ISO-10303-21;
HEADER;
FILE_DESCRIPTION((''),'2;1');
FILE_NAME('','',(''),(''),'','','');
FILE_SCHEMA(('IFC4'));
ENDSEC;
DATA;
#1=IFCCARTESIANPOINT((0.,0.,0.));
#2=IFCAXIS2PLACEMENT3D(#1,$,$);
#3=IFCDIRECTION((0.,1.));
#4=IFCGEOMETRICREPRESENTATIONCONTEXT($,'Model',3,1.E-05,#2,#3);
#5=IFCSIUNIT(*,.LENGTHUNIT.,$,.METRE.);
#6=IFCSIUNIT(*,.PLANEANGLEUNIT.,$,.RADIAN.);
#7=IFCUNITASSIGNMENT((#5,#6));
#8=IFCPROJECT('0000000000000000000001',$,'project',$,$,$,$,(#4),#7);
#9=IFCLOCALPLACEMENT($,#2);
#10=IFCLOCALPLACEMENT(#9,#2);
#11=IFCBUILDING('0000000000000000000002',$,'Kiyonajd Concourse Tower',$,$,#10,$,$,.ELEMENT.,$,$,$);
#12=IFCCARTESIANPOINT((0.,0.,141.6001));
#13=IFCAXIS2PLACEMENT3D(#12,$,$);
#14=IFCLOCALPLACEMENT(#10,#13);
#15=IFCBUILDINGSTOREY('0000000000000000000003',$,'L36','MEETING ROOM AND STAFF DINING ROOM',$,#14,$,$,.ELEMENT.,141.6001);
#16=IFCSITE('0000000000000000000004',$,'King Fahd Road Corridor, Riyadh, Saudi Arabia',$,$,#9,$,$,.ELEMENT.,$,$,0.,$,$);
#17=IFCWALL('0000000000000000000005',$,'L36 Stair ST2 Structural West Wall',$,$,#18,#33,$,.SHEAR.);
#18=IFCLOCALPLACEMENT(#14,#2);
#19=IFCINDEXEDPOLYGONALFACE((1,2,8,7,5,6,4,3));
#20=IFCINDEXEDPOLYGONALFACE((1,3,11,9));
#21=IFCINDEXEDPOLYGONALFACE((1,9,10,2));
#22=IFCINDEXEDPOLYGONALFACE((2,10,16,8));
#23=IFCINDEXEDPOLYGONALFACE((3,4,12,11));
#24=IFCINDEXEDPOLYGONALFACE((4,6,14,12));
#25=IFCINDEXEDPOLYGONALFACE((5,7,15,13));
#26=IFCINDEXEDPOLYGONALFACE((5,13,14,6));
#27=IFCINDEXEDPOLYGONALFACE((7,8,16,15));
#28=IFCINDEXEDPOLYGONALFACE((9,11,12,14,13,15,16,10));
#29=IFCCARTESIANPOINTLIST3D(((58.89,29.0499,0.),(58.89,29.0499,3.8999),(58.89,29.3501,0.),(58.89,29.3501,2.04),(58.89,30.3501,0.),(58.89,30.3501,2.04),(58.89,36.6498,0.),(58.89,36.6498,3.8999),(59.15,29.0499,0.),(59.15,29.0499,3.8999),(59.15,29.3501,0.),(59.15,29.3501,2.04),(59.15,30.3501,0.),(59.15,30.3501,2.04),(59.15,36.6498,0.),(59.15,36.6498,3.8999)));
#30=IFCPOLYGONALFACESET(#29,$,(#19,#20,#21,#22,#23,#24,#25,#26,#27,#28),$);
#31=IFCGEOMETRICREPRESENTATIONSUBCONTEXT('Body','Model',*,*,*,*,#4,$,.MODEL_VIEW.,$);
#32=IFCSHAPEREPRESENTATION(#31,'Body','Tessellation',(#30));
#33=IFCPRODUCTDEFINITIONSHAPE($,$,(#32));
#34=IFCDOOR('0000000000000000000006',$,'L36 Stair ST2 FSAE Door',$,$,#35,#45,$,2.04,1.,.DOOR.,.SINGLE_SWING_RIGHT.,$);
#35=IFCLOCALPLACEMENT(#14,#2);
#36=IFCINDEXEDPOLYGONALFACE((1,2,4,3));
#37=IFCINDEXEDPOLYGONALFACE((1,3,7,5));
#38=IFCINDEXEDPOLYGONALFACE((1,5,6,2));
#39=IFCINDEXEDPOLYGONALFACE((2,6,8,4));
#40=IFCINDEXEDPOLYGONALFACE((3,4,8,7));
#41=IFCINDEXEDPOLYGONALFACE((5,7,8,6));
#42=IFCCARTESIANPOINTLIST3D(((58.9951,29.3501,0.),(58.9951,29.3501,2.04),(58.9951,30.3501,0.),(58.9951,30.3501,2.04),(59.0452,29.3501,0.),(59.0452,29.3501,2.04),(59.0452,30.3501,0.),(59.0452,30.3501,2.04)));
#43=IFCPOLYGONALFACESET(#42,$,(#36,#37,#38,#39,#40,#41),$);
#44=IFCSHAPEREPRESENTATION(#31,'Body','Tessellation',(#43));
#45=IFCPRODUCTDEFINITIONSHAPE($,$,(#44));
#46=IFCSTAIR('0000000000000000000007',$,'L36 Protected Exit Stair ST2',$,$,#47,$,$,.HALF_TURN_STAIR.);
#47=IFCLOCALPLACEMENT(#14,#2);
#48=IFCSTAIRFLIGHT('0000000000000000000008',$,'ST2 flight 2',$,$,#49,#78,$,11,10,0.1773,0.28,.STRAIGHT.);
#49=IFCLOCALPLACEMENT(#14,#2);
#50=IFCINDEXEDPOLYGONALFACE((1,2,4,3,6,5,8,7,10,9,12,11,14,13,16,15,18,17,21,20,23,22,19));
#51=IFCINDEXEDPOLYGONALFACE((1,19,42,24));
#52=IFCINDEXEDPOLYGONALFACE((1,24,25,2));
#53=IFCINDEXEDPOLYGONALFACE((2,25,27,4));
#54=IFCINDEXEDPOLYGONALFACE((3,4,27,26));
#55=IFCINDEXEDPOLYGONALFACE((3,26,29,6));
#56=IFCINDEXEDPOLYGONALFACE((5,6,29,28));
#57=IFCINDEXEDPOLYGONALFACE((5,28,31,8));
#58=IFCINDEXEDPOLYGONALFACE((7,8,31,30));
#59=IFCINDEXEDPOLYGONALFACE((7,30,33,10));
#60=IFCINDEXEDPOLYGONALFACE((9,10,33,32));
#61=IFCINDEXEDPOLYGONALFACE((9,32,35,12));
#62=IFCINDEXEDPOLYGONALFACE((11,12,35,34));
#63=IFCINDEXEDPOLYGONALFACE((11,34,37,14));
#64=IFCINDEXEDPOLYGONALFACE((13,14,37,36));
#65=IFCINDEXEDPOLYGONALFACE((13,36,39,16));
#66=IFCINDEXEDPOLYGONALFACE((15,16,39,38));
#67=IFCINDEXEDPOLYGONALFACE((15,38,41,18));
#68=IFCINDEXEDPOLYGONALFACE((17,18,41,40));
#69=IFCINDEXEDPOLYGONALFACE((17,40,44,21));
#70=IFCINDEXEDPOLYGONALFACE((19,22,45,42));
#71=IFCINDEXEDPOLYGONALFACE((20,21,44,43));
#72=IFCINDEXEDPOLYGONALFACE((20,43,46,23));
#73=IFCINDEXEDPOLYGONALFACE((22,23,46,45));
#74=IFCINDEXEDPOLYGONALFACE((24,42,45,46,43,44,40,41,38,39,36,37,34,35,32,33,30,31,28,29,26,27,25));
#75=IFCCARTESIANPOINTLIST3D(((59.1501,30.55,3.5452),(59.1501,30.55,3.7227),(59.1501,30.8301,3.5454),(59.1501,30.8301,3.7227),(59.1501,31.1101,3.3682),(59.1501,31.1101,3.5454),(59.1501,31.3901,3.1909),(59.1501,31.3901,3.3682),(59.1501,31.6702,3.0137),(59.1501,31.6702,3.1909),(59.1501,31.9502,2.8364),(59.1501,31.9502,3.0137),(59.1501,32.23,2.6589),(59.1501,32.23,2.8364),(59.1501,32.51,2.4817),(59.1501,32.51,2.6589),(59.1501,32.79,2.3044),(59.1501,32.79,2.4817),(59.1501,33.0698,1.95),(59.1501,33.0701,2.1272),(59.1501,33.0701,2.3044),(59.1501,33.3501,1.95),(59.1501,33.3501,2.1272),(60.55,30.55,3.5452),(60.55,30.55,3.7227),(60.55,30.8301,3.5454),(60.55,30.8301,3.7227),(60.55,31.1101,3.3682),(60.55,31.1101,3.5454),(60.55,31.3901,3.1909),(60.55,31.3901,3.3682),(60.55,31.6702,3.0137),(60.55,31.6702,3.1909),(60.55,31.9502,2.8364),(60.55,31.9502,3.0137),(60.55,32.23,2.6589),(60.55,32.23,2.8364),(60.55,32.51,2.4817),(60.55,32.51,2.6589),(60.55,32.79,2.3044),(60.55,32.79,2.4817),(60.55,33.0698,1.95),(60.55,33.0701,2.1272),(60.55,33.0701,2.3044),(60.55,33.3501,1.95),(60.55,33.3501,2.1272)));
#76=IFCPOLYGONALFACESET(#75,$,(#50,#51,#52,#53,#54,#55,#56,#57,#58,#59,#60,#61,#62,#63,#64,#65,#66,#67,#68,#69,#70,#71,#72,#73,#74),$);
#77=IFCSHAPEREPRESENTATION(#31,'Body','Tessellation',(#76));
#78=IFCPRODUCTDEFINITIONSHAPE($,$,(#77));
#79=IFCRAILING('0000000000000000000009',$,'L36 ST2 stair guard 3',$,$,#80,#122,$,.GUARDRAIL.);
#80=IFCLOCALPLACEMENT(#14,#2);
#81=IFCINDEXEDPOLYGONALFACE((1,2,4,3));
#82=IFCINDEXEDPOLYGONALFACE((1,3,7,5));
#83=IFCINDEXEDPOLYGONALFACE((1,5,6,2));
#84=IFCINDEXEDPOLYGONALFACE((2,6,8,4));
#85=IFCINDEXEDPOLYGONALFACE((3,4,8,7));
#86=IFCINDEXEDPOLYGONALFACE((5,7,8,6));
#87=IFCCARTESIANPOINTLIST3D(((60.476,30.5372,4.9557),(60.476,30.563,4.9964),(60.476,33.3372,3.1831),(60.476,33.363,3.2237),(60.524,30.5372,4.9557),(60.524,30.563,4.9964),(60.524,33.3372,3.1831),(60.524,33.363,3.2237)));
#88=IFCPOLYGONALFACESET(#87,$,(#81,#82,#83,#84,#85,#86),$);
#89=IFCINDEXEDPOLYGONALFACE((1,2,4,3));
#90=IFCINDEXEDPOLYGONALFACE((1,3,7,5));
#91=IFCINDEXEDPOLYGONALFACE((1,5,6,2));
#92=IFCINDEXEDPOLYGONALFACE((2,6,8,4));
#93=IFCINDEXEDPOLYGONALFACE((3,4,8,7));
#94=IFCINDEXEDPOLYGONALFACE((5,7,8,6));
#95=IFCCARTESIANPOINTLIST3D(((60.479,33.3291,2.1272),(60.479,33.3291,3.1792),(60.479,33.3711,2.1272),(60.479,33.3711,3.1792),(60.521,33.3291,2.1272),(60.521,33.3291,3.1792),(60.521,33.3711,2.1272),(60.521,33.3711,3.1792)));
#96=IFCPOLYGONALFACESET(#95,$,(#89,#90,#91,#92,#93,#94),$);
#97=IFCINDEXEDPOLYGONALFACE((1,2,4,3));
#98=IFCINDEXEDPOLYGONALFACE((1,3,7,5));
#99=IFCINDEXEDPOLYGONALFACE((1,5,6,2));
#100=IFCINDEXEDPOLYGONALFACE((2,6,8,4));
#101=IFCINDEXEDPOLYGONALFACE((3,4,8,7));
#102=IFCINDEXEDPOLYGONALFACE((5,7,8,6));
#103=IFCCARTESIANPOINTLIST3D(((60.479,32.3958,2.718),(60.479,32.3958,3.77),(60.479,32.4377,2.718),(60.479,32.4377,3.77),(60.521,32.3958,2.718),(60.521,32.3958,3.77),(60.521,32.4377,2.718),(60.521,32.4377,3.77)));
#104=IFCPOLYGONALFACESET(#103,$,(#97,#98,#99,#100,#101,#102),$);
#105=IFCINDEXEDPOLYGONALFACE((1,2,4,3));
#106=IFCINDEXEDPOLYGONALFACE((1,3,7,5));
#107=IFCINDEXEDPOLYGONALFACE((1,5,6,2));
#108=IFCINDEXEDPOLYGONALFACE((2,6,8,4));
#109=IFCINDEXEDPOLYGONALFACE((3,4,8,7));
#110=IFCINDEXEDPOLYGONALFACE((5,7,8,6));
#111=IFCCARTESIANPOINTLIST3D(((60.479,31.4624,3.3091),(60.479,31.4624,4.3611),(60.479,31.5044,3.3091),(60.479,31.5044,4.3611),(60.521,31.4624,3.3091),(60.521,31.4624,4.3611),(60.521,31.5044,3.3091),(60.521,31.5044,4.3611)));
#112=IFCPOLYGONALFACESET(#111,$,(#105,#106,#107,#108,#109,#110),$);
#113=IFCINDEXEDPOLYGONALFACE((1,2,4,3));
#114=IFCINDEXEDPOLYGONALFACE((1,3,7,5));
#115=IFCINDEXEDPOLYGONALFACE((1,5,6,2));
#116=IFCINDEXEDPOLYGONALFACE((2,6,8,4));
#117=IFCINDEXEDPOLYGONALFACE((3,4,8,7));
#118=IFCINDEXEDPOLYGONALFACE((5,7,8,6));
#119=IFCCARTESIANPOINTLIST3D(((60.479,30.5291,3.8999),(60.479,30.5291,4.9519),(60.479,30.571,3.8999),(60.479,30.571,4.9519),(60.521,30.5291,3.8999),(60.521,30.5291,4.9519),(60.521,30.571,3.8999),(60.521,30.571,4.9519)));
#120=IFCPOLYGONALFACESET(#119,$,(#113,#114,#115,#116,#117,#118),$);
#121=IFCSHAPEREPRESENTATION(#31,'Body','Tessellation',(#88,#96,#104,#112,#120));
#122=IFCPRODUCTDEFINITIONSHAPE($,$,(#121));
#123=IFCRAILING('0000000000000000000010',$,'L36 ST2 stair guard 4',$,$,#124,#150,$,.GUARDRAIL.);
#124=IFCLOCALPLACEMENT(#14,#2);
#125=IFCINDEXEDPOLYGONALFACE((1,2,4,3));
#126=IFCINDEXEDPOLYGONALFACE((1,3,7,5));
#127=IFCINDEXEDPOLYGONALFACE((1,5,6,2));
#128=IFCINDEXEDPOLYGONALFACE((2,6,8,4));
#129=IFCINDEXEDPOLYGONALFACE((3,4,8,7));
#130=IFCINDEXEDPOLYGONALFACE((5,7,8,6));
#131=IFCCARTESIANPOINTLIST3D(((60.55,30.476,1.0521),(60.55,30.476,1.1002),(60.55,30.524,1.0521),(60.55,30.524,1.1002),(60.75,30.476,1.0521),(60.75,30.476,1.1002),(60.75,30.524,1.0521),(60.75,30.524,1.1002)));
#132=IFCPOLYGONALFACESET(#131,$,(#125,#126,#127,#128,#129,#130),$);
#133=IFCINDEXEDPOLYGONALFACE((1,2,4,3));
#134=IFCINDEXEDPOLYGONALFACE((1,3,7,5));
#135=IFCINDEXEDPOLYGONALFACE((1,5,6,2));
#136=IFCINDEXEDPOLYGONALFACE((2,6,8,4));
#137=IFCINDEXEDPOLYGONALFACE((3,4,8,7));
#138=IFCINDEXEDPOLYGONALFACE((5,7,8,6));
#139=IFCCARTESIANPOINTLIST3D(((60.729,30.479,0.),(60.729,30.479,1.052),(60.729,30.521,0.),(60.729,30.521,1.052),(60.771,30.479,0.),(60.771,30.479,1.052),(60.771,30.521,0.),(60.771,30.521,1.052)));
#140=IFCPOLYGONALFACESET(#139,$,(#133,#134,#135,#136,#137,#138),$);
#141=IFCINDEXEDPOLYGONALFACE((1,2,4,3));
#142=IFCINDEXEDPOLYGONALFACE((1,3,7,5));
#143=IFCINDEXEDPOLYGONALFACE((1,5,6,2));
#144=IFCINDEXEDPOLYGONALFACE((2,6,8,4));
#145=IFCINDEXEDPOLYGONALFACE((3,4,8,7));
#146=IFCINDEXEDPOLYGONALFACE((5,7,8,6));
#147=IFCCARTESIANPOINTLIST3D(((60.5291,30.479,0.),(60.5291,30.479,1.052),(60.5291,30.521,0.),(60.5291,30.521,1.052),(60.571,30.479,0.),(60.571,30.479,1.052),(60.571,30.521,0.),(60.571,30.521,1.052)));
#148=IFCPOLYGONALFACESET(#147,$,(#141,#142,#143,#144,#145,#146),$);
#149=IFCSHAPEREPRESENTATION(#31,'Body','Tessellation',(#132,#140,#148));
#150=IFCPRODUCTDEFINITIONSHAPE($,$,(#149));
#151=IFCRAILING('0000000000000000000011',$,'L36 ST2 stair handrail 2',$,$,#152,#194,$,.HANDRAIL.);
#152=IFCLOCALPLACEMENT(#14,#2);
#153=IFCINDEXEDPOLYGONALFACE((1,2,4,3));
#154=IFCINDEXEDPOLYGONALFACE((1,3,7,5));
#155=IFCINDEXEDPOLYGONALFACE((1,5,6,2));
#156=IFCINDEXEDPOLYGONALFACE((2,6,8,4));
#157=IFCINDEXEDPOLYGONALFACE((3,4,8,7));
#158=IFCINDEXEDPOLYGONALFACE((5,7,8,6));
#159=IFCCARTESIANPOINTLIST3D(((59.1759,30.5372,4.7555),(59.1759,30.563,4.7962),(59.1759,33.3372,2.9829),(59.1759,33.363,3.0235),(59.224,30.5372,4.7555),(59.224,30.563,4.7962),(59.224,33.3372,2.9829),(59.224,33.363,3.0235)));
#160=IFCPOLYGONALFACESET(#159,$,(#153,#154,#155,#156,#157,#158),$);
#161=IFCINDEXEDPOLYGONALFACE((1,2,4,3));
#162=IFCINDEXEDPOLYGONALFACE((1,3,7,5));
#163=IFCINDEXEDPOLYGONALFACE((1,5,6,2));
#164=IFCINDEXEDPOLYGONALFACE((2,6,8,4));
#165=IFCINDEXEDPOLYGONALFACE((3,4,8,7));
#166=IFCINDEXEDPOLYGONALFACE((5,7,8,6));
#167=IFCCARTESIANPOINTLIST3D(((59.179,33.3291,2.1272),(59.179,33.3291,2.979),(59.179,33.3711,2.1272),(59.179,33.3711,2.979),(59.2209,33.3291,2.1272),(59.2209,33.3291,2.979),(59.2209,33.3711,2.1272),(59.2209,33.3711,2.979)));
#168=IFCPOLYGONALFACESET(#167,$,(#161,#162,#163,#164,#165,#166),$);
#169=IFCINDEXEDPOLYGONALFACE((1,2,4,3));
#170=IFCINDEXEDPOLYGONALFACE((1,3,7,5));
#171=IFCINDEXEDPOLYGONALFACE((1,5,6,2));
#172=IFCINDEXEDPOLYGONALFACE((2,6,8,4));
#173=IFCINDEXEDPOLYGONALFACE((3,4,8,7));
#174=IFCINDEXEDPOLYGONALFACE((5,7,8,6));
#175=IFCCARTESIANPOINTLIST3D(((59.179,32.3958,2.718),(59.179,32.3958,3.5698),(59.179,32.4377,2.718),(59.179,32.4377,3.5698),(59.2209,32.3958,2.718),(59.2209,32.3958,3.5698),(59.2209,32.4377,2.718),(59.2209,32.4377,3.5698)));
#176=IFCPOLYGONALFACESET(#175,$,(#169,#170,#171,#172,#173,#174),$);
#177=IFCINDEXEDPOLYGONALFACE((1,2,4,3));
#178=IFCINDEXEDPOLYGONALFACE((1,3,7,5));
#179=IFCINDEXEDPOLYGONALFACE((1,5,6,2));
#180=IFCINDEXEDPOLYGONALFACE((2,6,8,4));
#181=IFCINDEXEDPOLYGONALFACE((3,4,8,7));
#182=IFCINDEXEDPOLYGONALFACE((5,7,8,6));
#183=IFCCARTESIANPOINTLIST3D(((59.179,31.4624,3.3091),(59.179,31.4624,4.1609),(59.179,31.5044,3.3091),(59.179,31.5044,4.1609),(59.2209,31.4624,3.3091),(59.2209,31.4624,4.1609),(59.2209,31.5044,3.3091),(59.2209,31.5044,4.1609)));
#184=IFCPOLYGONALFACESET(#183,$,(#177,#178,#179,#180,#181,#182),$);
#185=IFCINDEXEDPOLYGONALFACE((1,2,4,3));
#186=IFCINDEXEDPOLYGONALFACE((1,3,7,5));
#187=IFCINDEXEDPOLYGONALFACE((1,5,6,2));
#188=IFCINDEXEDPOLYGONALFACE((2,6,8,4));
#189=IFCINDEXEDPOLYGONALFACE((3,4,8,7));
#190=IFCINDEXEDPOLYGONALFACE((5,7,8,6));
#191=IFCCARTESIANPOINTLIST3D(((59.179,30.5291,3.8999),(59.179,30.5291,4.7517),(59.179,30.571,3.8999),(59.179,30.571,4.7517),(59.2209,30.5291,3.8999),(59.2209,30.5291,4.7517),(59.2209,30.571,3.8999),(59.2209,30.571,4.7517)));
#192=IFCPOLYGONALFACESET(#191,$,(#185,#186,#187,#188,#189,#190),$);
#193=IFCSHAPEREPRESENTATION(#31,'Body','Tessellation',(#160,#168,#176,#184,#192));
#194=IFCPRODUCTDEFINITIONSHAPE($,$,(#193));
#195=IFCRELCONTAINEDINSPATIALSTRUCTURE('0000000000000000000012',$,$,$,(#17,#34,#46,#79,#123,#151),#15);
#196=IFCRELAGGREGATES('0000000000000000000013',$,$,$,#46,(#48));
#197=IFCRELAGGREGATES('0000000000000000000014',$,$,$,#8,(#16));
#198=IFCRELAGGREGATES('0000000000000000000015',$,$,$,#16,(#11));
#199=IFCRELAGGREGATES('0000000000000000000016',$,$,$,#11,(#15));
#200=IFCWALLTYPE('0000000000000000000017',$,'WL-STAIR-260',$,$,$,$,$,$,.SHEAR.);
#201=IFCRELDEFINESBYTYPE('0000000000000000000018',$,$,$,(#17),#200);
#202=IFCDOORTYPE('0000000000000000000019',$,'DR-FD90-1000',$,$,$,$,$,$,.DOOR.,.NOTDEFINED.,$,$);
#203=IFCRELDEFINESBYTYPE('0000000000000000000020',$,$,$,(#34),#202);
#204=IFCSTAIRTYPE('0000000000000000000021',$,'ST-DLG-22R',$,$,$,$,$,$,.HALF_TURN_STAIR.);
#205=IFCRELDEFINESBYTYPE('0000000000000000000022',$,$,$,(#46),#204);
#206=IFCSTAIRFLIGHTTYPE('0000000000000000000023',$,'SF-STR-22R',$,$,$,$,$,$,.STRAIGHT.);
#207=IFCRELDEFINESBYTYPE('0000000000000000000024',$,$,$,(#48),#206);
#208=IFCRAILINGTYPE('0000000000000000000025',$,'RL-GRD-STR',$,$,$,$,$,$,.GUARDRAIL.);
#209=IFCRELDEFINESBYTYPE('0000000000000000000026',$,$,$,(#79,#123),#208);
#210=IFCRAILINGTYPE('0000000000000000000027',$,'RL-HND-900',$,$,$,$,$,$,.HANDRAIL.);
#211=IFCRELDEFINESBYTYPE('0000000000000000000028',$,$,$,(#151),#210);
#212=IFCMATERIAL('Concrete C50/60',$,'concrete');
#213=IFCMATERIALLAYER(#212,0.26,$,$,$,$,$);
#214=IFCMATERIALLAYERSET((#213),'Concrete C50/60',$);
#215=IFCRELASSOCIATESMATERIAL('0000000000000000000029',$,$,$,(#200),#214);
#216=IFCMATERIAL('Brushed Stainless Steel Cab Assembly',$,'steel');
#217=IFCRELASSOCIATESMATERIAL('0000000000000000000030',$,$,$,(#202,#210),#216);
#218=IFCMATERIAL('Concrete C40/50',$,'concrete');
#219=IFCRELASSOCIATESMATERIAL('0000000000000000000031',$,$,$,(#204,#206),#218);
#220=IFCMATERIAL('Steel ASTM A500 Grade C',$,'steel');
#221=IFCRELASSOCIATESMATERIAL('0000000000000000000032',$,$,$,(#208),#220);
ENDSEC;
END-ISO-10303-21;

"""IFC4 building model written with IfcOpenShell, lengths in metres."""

from ifc_helpers import new_model, si_unit, direction, frame, frame_2d, origin, origin_2d, place, context, subcontext, project, spatial, polyline, rectangle, outline, extrude, material, layer, layer_set, type_object, element, fill, aggregate, save


model = new_model("IFC4")

# Units and contexts
model_context = context("Model", 3, precision=1e-05, world=origin(), true_north=direction((0.0, 1.0)))
body_context = subcontext(model_context, "Body", "Model", "MODEL_VIEW")
ifc_project = project(units=[si_unit("LENGTHUNIT", "METRE"), si_unit("PLANEANGLEUNIT", "RADIAN")], contexts=[model_context])

# Site, building, storey
site_placement = place(None, origin())
site = spatial("IfcSite", under=ifc_project, at=site_placement, Name="King Fahd Road Corridor, Riyadh, Saudi Arabia", CompositionType="ELEMENT", RefElevation=0.0)
building_placement = place(site_placement, origin())
building = spatial("IfcBuilding", under=site, at=building_placement, Name="Kiyonajd Concourse Tower", CompositionType="ELEMENT")
storey_placement = place(building_placement, frame((0.0, 0.0, 141.6001)))
storey = spatial("IfcBuildingStorey", under=building, at=storey_placement, Name="L36", Description="MEETING ROOM AND STAFF DINING ROOM", CompositionType="ELEMENT", Elevation=141.6001)

# Shared definitions
ifc_material_1 = material(Name="Concrete C50/60", Category="concrete")

# Shared definitions
ifc_material_2 = material(Name="Brushed Stainless Steel Cab Assembly", Category="steel")

# Shared definitions
ifc_layer_1 = layer(ifc_material_1, 0.26)
ifc_layer_set_1 = layer_set([ifc_layer_1], Name="Concrete C50/60")
wall_type_1 = type_object("IfcWallType", Name="WL-STAIR-260", PredefinedType="SHEAR", material=ifc_layer_set_1)

# Wall, opening, door
wall_1_placement = place(storey_placement, frame((59.02, 29.05, 0.0), z_axis=(0.0, 0.0, 1.0), x_axis=(0.0, 1.0, 0.0)))
wall_1 = element("IfcWall", 1, at=wall_1_placement, inside=storey, type_object=wall_type_1, Name="L36 Stair ST2 Structural West Wall", PredefinedType="SHEAR", context=body_context, shape_type="SweptSolid", body=[
    extrude(rectangle(XDim=7.5999, YDim=0.26, at=frame_2d((3.7998, 0.0))), origin(), (0.0, 0.0, 1.0), 3.8999),
])
opening_1_placement = place(wall_1_placement, frame((0.3, 0.0, 0.0)))
opening_1 = element("IfcOpeningElement", 2, at=opening_1_placement, cuts=wall_1, PredefinedType="OPENING", context=body_context, shape_type="SweptSolid", body=[
    extrude(rectangle(XDim=1.0, YDim=2.04, at=frame_2d((0.5, 1.02))), frame((0.0, 0.1399, 0.0), z_axis=(0.0, -1.0, 0.0), x_axis=(1.0, 0.0, 0.0)), (0.0, 0.0, 1.0), 0.28),
])
door_type_1 = type_object("IfcDoorType", Name="DR-FD90-1000", OperationType="NOTDEFINED", PredefinedType="DOOR", material=ifc_material_2)
door_1_placement = place(opening_1_placement, origin())
door_1 = element("IfcDoor", 3, at=door_1_placement, inside=storey, type_object=door_type_1, Name="L36 Stair ST2 FSAE Door", OperationType="SINGLE_SWING_RIGHT", OverallHeight=2.04, OverallWidth=1.0, PredefinedType="DOOR", context=body_context, shape_type="SweptSolid", body=[
    extrude(rectangle(XDim=1.0, YDim=2.04, at=frame_2d((0.5, 1.02))), frame((0.0, 0.0249, 0.0), z_axis=(0.0, -1.0, 0.0), x_axis=(1.0, 0.0, 0.0)), (0.0, 0.0, 1.0), 0.05),
])
fill(opening_1, door_1)

# Stair, stair flight
ifc_material_3 = material(Name="Concrete C40/50", Category="concrete")
stair_type = type_object("IfcStairType", Name="ST-DLG-22R", PredefinedType="HALF_TURN_STAIR", material=ifc_material_3)
stair_placement = place(storey_placement, origin())
stair = element("IfcStair", 4, at=stair_placement, inside=storey, type_object=stair_type, Name="L36 Protected Exit Stair ST2", PredefinedType="HALF_TURN_STAIR")
stair_flight_type = type_object("IfcStairFlightType", Name="SF-STR-22R", PredefinedType="STRAIGHT", material=ifc_material_3)
stair_flight_placement = place(storey_placement, frame((59.8501, 33.3501, 1.95), z_axis=(0.0, 0.0, 1.0), x_axis=(0.0, -1.0, 0.0)))
stair_flight = element("IfcStairFlight", 5, at=stair_flight_placement, type_object=stair_flight_type, Name="ST2 flight 2", NumberOfRisers=11, NumberOfTreads=10, PredefinedType="STRAIGHT", RiserHeight=0.1773, TreadLength=0.28, context=body_context, shape_type="SweptSolid", body=[
    extrude(outline(polyline([(0.0, 0.0), (0.0, 0.1772), (0.28, 0.1772), (0.28, 0.3545), (0.5601, 0.3545), (0.5601, 0.5317), (0.8401, 0.5317), (0.8401, 0.709), (1.1201, 0.709), (1.1201, 0.8865), (1.3999, 0.8865), (1.3999, 1.0637), (1.6799, 1.0637), (1.6799, 1.241), (1.96, 1.241), (1.96, 1.4182), (2.24, 1.4182), (2.24, 1.5955), (2.52, 1.5955), (2.52, 1.7727), (2.8, 1.7727), (2.8, 1.95), (2.8, 1.5952), (0.2803, 0.0), (0.0, 0.0)])), frame((0.0, 0.7, 0.0), z_axis=(0.0, -1.0, 0.0), x_axis=(1.0, 0.0, 0.0)), (0.0, 0.0, 1.0), 1.3999),
])
aggregate(stair, [stair_flight])

# Railings
ifc_material_4 = material(Name="Steel ASTM A500 Grade C", Category="steel")
railing_type_1 = type_object("IfcRailingType", Name="RL-GRD-STR", PredefinedType="GUARDRAIL", material=ifc_material_4)
railing_1_placement = place(storey_placement, frame((60.5, 33.3501, 2.1272)))
element("IfcRailing", 6, at=railing_1_placement, inside=storey, type_object=railing_type_1, Name="L36 ST2 stair guard 3", PredefinedType="GUARDRAIL", context=body_context, shape_type="SweptSolid", body=[
    extrude(rectangle(XDim=0.0481, YDim=0.0481, at=origin_2d()), frame((0.0, 0.0, 1.0762), z_axis=(0.0, -0.844909, 0.53491), x_axis=(1.0, 0.0, 0.0)), (0.0, 0.0, 1.0), 3.314),
    extrude(rectangle(XDim=0.042, YDim=0.042, at=origin_2d()), origin(), (0.0, 0.0, 1.0), 1.052),
    extrude(rectangle(XDim=0.042, YDim=0.042, at=origin_2d()), frame((0.0, -0.9333, 0.5908)), (0.0, 0.0, 1.0), 1.052),
    extrude(rectangle(XDim=0.042, YDim=0.042, at=origin_2d()), frame((0.0, -1.8667, 1.1819)), (0.0, 0.0, 1.0), 1.052),
    extrude(rectangle(XDim=0.042, YDim=0.042, at=origin_2d()), frame((0.0, -2.8, 1.7727)), (0.0, 0.0, 1.0), 1.052),
])
railing_2_placement = place(storey_placement, frame((60.75, 30.5, 0.0)))
element("IfcRailing", 7, at=railing_2_placement, inside=storey, type_object=railing_type_1, Name="L36 ST2 stair guard 4", PredefinedType="GUARDRAIL", context=body_context, shape_type="SweptSolid", body=[
    extrude(rectangle(XDim=0.0481, YDim=0.0481, at=origin_2d()), frame((0.0, 0.0, 1.0762), z_axis=(-1.0, 0.0, 0.0), x_axis=(0.0, -1.0, 0.0)), (0.0, 0.0, 1.0), 0.2),
    extrude(rectangle(XDim=0.042, YDim=0.042, at=origin_2d()), origin(), (0.0, 0.0, 1.0), 1.052),
    extrude(rectangle(XDim=0.042, YDim=0.042, at=origin_2d()), frame((-0.2, 0.0, 0.0)), (0.0, 0.0, 1.0), 1.052),
])
railing_type_2 = type_object("IfcRailingType", Name="RL-HND-900", PredefinedType="HANDRAIL", material=ifc_material_2)
railing_3_placement = place(storey_placement, frame((59.2, 33.3501, 2.1272)))
element("IfcRailing", 8, at=railing_3_placement, inside=storey, type_object=railing_type_2, Name="L36 ST2 stair handrail 2", PredefinedType="HANDRAIL", context=body_context, shape_type="SweptSolid", body=[
    extrude(rectangle(XDim=0.0481, YDim=0.0481, at=origin_2d()), frame((0.0, 0.0, 0.876), z_axis=(0.0, -0.844909, 0.53491), x_axis=(1.0, 0.0, 0.0)), (0.0, 0.0, 1.0), 3.314),
    extrude(rectangle(XDim=0.042, YDim=0.042, at=origin_2d()), origin(), (0.0, 0.0, 1.0), 0.8518),
    extrude(rectangle(XDim=0.042, YDim=0.042, at=origin_2d()), frame((0.0, -0.9333, 0.5908)), (0.0, 0.0, 1.0), 0.8518),
    extrude(rectangle(XDim=0.042, YDim=0.042, at=origin_2d()), frame((0.0, -1.8667, 1.1819)), (0.0, 0.0, 1.0), 0.8518),
    extrude(rectangle(XDim=0.042, YDim=0.042, at=origin_2d()), frame((0.0, -2.8, 1.7727)), (0.0, 0.0, 1.0), 0.8518),
])

save(model, "model.ifc")
